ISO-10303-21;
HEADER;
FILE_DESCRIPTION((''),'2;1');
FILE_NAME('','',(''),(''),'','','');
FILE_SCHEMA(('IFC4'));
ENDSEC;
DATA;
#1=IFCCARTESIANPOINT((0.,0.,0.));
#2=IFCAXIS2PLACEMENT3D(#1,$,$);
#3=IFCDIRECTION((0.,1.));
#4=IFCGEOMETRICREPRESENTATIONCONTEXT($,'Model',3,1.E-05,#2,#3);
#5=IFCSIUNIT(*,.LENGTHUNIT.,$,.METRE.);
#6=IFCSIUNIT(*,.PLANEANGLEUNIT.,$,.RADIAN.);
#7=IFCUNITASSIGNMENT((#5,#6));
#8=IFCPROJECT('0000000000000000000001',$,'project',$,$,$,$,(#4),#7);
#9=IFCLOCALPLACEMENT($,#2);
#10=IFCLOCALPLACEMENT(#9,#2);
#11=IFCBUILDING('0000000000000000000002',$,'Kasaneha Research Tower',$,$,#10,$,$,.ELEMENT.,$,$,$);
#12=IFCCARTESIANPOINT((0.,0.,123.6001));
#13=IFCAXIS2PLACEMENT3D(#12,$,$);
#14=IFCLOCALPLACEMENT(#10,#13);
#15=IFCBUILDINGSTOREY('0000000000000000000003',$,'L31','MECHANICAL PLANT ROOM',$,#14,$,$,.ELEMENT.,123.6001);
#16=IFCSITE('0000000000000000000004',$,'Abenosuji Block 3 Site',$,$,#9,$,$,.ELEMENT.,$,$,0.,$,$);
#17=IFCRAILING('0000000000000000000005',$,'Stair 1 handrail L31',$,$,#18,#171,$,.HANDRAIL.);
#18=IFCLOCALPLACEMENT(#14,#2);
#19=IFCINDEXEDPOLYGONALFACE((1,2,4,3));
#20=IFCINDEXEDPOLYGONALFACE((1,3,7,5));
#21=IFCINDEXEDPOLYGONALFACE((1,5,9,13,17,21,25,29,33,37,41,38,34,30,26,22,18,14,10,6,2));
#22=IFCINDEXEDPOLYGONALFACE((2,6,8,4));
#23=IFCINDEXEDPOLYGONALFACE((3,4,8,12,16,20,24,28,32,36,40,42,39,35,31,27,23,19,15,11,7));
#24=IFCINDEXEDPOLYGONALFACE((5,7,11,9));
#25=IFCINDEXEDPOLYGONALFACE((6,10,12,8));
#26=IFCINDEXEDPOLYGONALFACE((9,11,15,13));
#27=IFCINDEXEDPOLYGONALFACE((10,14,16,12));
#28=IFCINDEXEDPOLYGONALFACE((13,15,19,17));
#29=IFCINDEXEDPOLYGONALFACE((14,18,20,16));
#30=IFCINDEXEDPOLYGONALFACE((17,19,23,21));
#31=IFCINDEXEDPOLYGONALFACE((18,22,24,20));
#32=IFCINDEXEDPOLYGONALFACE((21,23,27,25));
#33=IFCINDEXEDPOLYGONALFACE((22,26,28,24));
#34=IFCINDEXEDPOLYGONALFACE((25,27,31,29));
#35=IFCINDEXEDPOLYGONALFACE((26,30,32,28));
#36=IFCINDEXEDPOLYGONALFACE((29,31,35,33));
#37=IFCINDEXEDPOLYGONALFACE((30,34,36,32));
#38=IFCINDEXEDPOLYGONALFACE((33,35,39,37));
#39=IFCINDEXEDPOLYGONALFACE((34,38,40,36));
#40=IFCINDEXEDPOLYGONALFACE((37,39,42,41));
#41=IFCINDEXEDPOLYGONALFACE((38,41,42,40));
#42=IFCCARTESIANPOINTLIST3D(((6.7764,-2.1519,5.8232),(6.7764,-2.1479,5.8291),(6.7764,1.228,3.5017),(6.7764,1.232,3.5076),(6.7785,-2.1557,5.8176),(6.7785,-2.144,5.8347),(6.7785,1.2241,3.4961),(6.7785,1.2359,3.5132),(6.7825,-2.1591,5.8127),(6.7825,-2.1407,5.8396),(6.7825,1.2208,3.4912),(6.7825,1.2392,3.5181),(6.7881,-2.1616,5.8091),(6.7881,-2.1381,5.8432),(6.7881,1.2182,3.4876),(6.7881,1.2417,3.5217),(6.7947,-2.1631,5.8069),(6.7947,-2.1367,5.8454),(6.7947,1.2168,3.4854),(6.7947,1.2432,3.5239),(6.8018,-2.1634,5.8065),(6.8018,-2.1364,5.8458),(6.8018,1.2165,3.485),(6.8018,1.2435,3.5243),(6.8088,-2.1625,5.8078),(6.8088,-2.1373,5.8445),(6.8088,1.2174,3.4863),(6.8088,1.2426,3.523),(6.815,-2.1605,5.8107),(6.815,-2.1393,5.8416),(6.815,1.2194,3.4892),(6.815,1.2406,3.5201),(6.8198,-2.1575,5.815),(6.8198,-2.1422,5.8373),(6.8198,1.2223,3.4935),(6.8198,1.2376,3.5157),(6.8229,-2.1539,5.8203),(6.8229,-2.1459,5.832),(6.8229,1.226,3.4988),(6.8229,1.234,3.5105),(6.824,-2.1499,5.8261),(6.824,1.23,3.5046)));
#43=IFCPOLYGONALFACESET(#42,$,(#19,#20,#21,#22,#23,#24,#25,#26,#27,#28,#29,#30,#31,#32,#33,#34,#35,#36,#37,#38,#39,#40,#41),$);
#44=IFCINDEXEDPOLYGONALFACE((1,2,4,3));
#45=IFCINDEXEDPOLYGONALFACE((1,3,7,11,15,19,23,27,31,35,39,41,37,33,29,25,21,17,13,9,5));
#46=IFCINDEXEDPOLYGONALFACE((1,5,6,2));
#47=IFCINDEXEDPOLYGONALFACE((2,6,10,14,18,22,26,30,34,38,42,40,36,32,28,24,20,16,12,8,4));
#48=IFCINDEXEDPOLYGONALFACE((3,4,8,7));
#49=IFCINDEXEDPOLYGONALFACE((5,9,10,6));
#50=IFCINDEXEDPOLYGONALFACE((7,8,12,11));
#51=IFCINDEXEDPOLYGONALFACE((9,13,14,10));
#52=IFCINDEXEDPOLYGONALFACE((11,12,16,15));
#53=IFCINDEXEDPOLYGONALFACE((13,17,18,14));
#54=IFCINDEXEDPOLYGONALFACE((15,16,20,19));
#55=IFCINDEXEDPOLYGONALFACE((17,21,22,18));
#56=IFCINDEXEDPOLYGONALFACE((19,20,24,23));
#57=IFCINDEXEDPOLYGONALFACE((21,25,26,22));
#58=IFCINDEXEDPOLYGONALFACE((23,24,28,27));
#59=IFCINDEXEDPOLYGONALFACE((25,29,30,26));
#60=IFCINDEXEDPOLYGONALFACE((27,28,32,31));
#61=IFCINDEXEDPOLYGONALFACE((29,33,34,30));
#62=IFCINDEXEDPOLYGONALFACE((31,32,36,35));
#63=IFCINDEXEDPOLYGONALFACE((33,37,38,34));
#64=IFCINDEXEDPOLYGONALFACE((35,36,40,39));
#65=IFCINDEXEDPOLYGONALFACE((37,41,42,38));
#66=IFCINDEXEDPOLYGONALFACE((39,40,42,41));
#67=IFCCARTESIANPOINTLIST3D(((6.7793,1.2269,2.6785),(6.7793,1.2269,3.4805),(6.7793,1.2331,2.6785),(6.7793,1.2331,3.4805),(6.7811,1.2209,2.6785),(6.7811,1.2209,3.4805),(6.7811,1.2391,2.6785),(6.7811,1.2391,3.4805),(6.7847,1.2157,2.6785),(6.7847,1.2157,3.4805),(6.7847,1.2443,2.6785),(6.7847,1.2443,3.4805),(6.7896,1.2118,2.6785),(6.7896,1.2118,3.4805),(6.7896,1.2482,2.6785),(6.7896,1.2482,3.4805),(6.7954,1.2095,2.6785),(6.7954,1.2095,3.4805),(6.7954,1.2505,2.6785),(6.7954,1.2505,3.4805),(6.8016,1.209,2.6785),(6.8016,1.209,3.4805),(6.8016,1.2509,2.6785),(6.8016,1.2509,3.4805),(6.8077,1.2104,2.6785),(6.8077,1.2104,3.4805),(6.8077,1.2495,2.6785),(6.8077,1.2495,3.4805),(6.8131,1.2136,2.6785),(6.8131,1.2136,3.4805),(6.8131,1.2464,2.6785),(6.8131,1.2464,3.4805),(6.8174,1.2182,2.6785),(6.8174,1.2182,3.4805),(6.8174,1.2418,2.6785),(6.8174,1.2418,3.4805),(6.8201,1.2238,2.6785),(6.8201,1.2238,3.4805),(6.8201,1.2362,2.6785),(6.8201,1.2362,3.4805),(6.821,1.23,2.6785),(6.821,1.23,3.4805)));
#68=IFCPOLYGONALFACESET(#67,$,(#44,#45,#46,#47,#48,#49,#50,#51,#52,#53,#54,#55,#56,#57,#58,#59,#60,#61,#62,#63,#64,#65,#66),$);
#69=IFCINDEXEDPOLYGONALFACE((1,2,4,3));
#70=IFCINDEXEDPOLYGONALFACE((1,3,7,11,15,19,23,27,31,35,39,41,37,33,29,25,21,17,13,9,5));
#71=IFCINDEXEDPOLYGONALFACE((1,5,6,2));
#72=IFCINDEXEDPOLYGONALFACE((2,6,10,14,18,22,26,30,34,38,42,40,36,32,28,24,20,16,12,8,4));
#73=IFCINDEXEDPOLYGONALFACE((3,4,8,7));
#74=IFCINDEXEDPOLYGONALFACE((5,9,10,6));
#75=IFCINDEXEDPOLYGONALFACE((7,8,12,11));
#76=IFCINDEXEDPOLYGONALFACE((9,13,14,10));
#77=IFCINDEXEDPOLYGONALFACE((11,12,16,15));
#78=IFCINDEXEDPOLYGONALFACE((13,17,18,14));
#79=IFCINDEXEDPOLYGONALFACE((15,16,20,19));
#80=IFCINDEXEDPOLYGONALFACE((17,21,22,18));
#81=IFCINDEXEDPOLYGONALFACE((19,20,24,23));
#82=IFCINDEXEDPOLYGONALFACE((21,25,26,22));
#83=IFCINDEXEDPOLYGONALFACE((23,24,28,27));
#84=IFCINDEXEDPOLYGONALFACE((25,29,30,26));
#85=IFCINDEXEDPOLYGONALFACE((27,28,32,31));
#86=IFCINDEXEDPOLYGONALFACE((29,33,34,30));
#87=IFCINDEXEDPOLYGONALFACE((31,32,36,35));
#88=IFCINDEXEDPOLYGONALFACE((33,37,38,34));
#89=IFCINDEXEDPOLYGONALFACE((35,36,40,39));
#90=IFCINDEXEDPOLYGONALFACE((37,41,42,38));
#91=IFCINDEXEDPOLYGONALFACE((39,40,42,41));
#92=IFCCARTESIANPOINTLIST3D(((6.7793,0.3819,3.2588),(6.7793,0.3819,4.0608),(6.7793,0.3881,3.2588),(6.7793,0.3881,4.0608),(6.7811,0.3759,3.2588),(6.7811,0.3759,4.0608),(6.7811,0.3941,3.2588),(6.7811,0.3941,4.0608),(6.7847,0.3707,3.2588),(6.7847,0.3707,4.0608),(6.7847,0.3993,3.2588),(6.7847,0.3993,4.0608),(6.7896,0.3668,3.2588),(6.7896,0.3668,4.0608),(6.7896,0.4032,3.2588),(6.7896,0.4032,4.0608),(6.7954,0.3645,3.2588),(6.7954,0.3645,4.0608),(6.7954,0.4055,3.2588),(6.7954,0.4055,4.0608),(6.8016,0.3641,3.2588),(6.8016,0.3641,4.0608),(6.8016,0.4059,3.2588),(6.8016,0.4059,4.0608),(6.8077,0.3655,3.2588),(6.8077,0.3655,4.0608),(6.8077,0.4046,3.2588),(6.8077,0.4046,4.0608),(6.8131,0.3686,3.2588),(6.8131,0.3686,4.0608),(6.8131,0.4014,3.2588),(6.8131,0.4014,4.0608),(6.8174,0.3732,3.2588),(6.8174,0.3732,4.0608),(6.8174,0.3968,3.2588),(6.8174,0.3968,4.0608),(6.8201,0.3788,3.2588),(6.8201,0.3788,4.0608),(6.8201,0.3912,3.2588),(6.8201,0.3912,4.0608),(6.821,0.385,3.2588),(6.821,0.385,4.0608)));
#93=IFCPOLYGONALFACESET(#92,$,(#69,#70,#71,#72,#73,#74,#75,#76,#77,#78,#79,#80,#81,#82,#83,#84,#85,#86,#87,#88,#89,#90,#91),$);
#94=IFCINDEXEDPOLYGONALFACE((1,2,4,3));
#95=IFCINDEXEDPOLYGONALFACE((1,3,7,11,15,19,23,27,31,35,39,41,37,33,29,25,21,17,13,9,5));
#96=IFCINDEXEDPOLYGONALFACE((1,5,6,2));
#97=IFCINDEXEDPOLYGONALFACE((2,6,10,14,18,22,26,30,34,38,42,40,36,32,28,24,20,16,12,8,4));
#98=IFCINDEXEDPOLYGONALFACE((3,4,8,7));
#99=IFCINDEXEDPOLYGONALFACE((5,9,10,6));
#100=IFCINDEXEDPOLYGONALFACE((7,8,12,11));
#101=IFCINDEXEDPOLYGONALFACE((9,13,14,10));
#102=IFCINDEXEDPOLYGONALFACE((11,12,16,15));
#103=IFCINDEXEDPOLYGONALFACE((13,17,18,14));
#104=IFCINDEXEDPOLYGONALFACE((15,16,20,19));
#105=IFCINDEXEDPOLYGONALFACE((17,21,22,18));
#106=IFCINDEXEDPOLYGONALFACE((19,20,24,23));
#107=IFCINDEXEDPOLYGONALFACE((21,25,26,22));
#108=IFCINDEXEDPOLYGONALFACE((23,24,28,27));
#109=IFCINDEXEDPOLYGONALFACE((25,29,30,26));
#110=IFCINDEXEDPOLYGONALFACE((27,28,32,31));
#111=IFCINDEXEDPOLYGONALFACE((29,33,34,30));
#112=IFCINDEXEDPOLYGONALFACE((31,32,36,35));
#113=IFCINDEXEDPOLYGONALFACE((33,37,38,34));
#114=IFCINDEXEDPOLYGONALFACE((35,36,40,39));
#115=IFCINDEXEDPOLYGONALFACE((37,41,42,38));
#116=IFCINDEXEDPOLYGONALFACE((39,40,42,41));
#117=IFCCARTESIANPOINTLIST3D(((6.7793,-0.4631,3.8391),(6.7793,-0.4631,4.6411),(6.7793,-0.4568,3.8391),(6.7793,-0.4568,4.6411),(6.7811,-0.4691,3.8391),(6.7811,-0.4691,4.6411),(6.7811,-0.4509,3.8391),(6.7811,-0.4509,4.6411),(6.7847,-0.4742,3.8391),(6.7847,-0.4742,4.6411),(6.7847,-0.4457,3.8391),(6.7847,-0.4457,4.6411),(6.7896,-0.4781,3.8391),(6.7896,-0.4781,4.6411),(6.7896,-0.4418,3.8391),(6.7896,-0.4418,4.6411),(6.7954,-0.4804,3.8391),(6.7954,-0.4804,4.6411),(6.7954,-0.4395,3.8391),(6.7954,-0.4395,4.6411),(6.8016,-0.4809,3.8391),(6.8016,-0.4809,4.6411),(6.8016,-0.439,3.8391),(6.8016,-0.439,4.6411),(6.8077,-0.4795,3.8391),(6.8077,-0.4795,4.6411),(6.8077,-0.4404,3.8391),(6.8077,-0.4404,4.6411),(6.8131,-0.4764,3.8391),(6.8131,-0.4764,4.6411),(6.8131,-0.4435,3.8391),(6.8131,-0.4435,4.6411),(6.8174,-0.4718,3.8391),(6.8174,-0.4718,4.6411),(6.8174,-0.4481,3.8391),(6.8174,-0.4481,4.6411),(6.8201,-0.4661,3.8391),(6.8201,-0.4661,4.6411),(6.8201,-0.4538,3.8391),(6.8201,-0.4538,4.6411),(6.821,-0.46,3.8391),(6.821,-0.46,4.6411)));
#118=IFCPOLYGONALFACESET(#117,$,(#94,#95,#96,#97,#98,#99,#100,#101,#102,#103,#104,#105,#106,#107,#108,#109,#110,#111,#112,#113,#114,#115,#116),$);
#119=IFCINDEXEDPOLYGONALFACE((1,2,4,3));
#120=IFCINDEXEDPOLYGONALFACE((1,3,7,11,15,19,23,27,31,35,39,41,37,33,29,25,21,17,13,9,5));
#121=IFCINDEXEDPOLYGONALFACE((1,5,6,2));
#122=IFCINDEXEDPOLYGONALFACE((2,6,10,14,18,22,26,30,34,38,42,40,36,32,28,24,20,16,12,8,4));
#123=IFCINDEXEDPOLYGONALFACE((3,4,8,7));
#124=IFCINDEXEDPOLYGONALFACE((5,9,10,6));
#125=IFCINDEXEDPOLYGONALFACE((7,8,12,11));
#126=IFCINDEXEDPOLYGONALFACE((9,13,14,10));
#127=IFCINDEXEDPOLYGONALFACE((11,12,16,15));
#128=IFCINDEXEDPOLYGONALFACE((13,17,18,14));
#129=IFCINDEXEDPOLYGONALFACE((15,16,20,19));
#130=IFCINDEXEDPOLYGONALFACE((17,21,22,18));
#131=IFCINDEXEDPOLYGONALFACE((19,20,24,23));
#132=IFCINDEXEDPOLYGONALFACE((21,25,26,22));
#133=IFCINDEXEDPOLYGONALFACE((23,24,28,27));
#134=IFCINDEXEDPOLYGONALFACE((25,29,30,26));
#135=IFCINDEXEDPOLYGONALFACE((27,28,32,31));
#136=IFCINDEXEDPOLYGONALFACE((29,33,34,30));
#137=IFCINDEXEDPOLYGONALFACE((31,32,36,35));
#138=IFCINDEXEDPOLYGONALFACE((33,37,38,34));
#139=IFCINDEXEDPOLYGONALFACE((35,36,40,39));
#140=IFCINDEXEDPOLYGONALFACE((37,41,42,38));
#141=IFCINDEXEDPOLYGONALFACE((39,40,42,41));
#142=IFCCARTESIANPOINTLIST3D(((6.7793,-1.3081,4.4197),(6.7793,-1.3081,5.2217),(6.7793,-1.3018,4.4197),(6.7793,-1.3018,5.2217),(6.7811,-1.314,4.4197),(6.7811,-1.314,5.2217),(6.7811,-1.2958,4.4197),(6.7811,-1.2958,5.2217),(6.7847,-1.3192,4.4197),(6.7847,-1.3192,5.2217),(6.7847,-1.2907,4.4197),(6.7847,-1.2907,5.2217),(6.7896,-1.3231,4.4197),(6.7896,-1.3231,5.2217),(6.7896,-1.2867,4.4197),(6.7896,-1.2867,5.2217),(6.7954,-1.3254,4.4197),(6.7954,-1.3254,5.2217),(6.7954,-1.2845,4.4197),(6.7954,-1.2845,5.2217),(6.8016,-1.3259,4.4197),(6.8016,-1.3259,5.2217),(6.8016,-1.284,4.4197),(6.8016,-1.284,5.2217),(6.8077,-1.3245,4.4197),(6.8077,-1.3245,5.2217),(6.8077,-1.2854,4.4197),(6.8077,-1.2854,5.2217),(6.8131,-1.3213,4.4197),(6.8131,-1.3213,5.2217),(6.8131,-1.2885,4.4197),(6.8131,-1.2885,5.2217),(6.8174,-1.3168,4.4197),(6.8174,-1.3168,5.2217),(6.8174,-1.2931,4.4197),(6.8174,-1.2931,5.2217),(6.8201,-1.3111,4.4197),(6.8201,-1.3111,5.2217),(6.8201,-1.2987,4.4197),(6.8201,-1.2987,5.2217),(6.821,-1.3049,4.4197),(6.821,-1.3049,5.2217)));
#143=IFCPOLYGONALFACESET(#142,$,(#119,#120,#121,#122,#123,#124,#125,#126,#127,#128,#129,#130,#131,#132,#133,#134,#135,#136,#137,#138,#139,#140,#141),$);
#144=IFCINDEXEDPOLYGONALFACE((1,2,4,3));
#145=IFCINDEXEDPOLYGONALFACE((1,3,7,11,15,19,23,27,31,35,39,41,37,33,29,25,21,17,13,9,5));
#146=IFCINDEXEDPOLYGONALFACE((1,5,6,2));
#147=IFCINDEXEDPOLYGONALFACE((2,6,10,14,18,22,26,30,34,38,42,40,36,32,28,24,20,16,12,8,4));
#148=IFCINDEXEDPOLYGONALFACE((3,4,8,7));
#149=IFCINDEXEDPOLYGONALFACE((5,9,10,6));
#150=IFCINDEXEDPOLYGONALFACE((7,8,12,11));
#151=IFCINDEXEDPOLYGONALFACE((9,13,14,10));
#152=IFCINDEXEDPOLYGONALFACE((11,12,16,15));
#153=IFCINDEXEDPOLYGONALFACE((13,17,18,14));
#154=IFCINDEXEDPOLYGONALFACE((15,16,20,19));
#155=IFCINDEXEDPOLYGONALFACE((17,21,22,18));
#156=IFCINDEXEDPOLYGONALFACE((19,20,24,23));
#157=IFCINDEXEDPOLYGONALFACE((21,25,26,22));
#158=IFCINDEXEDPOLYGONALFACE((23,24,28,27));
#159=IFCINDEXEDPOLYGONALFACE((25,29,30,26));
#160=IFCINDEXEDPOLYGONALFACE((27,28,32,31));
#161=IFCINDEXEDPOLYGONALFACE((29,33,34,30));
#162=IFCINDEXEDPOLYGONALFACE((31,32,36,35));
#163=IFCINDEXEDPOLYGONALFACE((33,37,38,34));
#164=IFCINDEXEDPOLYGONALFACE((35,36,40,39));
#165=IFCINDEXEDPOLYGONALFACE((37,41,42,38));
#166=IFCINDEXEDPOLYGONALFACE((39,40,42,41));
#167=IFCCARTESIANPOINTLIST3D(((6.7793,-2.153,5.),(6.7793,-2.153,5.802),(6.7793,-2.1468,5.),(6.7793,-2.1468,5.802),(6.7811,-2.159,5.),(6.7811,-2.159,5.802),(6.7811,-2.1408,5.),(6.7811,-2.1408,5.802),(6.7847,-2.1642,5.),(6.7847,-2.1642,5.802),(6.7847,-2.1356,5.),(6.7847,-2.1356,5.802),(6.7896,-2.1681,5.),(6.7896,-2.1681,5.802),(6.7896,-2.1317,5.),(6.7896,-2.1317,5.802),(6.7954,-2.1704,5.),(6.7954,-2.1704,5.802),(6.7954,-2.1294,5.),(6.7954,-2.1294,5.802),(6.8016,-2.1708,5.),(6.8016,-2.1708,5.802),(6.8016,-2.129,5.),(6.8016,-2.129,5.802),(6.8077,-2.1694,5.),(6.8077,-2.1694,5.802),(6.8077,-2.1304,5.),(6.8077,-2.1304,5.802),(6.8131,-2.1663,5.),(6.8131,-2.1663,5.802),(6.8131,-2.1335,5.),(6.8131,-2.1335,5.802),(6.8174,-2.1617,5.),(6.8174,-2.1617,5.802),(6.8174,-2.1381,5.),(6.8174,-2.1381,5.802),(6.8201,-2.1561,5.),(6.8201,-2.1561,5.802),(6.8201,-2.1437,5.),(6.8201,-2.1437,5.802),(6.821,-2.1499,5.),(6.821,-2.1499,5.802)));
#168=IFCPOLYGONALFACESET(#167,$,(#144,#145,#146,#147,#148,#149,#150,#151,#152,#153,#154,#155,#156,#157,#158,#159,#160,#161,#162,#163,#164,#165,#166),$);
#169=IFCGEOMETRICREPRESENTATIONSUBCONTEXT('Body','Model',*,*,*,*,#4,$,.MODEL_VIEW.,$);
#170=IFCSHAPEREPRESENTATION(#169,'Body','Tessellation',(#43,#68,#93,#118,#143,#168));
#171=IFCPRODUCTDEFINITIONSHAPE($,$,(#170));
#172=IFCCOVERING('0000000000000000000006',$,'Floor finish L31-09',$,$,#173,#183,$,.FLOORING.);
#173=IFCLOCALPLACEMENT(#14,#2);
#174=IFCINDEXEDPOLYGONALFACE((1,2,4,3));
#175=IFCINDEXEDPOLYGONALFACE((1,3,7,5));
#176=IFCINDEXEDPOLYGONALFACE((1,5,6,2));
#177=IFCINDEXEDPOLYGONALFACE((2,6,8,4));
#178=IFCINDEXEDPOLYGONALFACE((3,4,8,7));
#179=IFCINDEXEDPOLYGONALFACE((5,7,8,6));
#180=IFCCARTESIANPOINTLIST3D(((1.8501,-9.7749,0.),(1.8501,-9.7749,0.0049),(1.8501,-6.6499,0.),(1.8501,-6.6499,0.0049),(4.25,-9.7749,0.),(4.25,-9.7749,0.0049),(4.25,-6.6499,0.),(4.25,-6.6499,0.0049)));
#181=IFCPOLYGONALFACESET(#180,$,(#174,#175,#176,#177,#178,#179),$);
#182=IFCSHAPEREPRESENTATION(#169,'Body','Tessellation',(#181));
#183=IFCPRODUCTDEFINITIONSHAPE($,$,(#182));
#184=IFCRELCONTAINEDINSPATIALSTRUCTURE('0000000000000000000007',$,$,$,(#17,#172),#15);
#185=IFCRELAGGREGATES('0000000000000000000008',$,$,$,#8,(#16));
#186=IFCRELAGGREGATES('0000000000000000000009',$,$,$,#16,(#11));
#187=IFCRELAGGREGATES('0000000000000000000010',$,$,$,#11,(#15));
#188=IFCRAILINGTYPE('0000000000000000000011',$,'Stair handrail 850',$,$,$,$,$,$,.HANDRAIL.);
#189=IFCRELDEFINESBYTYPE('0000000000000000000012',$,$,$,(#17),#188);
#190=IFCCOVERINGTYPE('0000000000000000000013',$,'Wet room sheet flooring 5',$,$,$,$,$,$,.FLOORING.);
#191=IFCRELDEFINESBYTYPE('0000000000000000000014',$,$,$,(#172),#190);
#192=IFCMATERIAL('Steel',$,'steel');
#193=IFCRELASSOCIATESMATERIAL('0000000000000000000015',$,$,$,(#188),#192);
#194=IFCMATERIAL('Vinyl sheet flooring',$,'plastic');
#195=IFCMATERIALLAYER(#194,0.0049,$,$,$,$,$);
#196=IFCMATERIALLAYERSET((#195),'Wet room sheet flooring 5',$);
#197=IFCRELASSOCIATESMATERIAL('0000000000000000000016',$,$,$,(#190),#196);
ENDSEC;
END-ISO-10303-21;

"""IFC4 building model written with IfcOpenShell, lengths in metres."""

from ifc_helpers import new_model, si_unit, direction, frame, origin, origin_2d, place, context, subcontext, project, spatial, polyline, circle, outline, extrude, material, layer, layer_set, type_object, element, save


model = new_model("IFC4")

# Units and contexts
model_context = context("Model", 3, precision=1e-05, world=origin(), true_north=direction((0.0, 1.0)))
body_context = subcontext(model_context, "Body", "Model", "MODEL_VIEW")
ifc_project = project(units=[si_unit("LENGTHUNIT", "METRE"), si_unit("PLANEANGLEUNIT", "RADIAN")], contexts=[model_context])

# Site, building, storey
site_placement = place(None, origin())
site = spatial("IfcSite", under=ifc_project, at=site_placement, Name="Abenosuji Block 3 Site", CompositionType="ELEMENT", RefElevation=0.0)
building_placement = place(site_placement, origin())
building = spatial("IfcBuilding", under=site, at=building_placement, Name="Kasaneha Research Tower", CompositionType="ELEMENT")
storey_placement = place(building_placement, frame((0.0, 0.0, 123.6001)))
storey = spatial("IfcBuildingStorey", under=building, at=storey_placement, Name="L31", Description="MECHANICAL PLANT ROOM", CompositionType="ELEMENT", Elevation=123.6001)

# Railing
ifc_material_1 = material(Name="Steel", Category="steel")
railing_type_1 = type_object("IfcRailingType", Name="Stair handrail 850", PredefinedType="HANDRAIL", material=ifc_material_1)
railing_1_placement = place(storey_placement, frame((6.8, 1.23, 2.6785)))
element("IfcRailing", 1, at=railing_1_placement, inside=storey, type_object=railing_type_1, Name="Stair 1 handrail L31", PredefinedType="HANDRAIL", context=body_context, shape_type="SweptSolid", body=[
    extrude(circle(Radius=0.0239, at=origin_2d()), frame((0.0, 0.0, 0.8262), z_axis=(0.0, -0.824285, 0.566175), x_axis=(1.0, 0.0, 0.0)), (0.0, 0.0, 1.0), 4.1003),
    extrude(circle(Radius=0.021, at=origin_2d()), origin(), (0.0, 0.0, 1.0), 0.802),
    extrude(circle(Radius=0.021, at=origin_2d()), frame((0.0, -0.845, 0.5803)), (0.0, 0.0, 1.0), 0.802),
    extrude(circle(Radius=0.021, at=origin_2d()), frame((0.0, -1.6899, 1.1606)), (0.0, 0.0, 1.0), 0.802),
    extrude(circle(Radius=0.021, at=origin_2d()), frame((0.0, -2.5349, 1.7412)), (0.0, 0.0, 1.0), 0.802),
    extrude(circle(Radius=0.021, at=origin_2d()), frame((0.0, -3.3799, 2.3215)), (0.0, 0.0, 1.0), 0.802),
])

# Covering
ifc_material_2 = material(Name="Vinyl sheet flooring", Category="plastic")
ifc_layer_1 = layer(ifc_material_2, 0.0049)
ifc_layer_set_1 = layer_set([ifc_layer_1], Name="Wet room sheet flooring 5")
covering_type = type_object("IfcCoveringType", Name="Wet room sheet flooring 5", PredefinedType="FLOORING", material=ifc_layer_set_1)
covering_placement = place(storey_placement, origin())
element("IfcCovering", 2, at=covering_placement, inside=storey, type_object=covering_type, Name="Floor finish L31-09", PredefinedType="FLOORING", context=body_context, shape_type="SweptSolid", body=[
    extrude(outline(polyline([(1.8501, -9.7749), (1.8501, -6.6499), (4.25, -6.6499), (4.25, -9.7749), (1.8501, -9.7749)])), origin(), (0.0, 0.0, 1.0), 0.0049),
])

save(model, "model.ifc")
